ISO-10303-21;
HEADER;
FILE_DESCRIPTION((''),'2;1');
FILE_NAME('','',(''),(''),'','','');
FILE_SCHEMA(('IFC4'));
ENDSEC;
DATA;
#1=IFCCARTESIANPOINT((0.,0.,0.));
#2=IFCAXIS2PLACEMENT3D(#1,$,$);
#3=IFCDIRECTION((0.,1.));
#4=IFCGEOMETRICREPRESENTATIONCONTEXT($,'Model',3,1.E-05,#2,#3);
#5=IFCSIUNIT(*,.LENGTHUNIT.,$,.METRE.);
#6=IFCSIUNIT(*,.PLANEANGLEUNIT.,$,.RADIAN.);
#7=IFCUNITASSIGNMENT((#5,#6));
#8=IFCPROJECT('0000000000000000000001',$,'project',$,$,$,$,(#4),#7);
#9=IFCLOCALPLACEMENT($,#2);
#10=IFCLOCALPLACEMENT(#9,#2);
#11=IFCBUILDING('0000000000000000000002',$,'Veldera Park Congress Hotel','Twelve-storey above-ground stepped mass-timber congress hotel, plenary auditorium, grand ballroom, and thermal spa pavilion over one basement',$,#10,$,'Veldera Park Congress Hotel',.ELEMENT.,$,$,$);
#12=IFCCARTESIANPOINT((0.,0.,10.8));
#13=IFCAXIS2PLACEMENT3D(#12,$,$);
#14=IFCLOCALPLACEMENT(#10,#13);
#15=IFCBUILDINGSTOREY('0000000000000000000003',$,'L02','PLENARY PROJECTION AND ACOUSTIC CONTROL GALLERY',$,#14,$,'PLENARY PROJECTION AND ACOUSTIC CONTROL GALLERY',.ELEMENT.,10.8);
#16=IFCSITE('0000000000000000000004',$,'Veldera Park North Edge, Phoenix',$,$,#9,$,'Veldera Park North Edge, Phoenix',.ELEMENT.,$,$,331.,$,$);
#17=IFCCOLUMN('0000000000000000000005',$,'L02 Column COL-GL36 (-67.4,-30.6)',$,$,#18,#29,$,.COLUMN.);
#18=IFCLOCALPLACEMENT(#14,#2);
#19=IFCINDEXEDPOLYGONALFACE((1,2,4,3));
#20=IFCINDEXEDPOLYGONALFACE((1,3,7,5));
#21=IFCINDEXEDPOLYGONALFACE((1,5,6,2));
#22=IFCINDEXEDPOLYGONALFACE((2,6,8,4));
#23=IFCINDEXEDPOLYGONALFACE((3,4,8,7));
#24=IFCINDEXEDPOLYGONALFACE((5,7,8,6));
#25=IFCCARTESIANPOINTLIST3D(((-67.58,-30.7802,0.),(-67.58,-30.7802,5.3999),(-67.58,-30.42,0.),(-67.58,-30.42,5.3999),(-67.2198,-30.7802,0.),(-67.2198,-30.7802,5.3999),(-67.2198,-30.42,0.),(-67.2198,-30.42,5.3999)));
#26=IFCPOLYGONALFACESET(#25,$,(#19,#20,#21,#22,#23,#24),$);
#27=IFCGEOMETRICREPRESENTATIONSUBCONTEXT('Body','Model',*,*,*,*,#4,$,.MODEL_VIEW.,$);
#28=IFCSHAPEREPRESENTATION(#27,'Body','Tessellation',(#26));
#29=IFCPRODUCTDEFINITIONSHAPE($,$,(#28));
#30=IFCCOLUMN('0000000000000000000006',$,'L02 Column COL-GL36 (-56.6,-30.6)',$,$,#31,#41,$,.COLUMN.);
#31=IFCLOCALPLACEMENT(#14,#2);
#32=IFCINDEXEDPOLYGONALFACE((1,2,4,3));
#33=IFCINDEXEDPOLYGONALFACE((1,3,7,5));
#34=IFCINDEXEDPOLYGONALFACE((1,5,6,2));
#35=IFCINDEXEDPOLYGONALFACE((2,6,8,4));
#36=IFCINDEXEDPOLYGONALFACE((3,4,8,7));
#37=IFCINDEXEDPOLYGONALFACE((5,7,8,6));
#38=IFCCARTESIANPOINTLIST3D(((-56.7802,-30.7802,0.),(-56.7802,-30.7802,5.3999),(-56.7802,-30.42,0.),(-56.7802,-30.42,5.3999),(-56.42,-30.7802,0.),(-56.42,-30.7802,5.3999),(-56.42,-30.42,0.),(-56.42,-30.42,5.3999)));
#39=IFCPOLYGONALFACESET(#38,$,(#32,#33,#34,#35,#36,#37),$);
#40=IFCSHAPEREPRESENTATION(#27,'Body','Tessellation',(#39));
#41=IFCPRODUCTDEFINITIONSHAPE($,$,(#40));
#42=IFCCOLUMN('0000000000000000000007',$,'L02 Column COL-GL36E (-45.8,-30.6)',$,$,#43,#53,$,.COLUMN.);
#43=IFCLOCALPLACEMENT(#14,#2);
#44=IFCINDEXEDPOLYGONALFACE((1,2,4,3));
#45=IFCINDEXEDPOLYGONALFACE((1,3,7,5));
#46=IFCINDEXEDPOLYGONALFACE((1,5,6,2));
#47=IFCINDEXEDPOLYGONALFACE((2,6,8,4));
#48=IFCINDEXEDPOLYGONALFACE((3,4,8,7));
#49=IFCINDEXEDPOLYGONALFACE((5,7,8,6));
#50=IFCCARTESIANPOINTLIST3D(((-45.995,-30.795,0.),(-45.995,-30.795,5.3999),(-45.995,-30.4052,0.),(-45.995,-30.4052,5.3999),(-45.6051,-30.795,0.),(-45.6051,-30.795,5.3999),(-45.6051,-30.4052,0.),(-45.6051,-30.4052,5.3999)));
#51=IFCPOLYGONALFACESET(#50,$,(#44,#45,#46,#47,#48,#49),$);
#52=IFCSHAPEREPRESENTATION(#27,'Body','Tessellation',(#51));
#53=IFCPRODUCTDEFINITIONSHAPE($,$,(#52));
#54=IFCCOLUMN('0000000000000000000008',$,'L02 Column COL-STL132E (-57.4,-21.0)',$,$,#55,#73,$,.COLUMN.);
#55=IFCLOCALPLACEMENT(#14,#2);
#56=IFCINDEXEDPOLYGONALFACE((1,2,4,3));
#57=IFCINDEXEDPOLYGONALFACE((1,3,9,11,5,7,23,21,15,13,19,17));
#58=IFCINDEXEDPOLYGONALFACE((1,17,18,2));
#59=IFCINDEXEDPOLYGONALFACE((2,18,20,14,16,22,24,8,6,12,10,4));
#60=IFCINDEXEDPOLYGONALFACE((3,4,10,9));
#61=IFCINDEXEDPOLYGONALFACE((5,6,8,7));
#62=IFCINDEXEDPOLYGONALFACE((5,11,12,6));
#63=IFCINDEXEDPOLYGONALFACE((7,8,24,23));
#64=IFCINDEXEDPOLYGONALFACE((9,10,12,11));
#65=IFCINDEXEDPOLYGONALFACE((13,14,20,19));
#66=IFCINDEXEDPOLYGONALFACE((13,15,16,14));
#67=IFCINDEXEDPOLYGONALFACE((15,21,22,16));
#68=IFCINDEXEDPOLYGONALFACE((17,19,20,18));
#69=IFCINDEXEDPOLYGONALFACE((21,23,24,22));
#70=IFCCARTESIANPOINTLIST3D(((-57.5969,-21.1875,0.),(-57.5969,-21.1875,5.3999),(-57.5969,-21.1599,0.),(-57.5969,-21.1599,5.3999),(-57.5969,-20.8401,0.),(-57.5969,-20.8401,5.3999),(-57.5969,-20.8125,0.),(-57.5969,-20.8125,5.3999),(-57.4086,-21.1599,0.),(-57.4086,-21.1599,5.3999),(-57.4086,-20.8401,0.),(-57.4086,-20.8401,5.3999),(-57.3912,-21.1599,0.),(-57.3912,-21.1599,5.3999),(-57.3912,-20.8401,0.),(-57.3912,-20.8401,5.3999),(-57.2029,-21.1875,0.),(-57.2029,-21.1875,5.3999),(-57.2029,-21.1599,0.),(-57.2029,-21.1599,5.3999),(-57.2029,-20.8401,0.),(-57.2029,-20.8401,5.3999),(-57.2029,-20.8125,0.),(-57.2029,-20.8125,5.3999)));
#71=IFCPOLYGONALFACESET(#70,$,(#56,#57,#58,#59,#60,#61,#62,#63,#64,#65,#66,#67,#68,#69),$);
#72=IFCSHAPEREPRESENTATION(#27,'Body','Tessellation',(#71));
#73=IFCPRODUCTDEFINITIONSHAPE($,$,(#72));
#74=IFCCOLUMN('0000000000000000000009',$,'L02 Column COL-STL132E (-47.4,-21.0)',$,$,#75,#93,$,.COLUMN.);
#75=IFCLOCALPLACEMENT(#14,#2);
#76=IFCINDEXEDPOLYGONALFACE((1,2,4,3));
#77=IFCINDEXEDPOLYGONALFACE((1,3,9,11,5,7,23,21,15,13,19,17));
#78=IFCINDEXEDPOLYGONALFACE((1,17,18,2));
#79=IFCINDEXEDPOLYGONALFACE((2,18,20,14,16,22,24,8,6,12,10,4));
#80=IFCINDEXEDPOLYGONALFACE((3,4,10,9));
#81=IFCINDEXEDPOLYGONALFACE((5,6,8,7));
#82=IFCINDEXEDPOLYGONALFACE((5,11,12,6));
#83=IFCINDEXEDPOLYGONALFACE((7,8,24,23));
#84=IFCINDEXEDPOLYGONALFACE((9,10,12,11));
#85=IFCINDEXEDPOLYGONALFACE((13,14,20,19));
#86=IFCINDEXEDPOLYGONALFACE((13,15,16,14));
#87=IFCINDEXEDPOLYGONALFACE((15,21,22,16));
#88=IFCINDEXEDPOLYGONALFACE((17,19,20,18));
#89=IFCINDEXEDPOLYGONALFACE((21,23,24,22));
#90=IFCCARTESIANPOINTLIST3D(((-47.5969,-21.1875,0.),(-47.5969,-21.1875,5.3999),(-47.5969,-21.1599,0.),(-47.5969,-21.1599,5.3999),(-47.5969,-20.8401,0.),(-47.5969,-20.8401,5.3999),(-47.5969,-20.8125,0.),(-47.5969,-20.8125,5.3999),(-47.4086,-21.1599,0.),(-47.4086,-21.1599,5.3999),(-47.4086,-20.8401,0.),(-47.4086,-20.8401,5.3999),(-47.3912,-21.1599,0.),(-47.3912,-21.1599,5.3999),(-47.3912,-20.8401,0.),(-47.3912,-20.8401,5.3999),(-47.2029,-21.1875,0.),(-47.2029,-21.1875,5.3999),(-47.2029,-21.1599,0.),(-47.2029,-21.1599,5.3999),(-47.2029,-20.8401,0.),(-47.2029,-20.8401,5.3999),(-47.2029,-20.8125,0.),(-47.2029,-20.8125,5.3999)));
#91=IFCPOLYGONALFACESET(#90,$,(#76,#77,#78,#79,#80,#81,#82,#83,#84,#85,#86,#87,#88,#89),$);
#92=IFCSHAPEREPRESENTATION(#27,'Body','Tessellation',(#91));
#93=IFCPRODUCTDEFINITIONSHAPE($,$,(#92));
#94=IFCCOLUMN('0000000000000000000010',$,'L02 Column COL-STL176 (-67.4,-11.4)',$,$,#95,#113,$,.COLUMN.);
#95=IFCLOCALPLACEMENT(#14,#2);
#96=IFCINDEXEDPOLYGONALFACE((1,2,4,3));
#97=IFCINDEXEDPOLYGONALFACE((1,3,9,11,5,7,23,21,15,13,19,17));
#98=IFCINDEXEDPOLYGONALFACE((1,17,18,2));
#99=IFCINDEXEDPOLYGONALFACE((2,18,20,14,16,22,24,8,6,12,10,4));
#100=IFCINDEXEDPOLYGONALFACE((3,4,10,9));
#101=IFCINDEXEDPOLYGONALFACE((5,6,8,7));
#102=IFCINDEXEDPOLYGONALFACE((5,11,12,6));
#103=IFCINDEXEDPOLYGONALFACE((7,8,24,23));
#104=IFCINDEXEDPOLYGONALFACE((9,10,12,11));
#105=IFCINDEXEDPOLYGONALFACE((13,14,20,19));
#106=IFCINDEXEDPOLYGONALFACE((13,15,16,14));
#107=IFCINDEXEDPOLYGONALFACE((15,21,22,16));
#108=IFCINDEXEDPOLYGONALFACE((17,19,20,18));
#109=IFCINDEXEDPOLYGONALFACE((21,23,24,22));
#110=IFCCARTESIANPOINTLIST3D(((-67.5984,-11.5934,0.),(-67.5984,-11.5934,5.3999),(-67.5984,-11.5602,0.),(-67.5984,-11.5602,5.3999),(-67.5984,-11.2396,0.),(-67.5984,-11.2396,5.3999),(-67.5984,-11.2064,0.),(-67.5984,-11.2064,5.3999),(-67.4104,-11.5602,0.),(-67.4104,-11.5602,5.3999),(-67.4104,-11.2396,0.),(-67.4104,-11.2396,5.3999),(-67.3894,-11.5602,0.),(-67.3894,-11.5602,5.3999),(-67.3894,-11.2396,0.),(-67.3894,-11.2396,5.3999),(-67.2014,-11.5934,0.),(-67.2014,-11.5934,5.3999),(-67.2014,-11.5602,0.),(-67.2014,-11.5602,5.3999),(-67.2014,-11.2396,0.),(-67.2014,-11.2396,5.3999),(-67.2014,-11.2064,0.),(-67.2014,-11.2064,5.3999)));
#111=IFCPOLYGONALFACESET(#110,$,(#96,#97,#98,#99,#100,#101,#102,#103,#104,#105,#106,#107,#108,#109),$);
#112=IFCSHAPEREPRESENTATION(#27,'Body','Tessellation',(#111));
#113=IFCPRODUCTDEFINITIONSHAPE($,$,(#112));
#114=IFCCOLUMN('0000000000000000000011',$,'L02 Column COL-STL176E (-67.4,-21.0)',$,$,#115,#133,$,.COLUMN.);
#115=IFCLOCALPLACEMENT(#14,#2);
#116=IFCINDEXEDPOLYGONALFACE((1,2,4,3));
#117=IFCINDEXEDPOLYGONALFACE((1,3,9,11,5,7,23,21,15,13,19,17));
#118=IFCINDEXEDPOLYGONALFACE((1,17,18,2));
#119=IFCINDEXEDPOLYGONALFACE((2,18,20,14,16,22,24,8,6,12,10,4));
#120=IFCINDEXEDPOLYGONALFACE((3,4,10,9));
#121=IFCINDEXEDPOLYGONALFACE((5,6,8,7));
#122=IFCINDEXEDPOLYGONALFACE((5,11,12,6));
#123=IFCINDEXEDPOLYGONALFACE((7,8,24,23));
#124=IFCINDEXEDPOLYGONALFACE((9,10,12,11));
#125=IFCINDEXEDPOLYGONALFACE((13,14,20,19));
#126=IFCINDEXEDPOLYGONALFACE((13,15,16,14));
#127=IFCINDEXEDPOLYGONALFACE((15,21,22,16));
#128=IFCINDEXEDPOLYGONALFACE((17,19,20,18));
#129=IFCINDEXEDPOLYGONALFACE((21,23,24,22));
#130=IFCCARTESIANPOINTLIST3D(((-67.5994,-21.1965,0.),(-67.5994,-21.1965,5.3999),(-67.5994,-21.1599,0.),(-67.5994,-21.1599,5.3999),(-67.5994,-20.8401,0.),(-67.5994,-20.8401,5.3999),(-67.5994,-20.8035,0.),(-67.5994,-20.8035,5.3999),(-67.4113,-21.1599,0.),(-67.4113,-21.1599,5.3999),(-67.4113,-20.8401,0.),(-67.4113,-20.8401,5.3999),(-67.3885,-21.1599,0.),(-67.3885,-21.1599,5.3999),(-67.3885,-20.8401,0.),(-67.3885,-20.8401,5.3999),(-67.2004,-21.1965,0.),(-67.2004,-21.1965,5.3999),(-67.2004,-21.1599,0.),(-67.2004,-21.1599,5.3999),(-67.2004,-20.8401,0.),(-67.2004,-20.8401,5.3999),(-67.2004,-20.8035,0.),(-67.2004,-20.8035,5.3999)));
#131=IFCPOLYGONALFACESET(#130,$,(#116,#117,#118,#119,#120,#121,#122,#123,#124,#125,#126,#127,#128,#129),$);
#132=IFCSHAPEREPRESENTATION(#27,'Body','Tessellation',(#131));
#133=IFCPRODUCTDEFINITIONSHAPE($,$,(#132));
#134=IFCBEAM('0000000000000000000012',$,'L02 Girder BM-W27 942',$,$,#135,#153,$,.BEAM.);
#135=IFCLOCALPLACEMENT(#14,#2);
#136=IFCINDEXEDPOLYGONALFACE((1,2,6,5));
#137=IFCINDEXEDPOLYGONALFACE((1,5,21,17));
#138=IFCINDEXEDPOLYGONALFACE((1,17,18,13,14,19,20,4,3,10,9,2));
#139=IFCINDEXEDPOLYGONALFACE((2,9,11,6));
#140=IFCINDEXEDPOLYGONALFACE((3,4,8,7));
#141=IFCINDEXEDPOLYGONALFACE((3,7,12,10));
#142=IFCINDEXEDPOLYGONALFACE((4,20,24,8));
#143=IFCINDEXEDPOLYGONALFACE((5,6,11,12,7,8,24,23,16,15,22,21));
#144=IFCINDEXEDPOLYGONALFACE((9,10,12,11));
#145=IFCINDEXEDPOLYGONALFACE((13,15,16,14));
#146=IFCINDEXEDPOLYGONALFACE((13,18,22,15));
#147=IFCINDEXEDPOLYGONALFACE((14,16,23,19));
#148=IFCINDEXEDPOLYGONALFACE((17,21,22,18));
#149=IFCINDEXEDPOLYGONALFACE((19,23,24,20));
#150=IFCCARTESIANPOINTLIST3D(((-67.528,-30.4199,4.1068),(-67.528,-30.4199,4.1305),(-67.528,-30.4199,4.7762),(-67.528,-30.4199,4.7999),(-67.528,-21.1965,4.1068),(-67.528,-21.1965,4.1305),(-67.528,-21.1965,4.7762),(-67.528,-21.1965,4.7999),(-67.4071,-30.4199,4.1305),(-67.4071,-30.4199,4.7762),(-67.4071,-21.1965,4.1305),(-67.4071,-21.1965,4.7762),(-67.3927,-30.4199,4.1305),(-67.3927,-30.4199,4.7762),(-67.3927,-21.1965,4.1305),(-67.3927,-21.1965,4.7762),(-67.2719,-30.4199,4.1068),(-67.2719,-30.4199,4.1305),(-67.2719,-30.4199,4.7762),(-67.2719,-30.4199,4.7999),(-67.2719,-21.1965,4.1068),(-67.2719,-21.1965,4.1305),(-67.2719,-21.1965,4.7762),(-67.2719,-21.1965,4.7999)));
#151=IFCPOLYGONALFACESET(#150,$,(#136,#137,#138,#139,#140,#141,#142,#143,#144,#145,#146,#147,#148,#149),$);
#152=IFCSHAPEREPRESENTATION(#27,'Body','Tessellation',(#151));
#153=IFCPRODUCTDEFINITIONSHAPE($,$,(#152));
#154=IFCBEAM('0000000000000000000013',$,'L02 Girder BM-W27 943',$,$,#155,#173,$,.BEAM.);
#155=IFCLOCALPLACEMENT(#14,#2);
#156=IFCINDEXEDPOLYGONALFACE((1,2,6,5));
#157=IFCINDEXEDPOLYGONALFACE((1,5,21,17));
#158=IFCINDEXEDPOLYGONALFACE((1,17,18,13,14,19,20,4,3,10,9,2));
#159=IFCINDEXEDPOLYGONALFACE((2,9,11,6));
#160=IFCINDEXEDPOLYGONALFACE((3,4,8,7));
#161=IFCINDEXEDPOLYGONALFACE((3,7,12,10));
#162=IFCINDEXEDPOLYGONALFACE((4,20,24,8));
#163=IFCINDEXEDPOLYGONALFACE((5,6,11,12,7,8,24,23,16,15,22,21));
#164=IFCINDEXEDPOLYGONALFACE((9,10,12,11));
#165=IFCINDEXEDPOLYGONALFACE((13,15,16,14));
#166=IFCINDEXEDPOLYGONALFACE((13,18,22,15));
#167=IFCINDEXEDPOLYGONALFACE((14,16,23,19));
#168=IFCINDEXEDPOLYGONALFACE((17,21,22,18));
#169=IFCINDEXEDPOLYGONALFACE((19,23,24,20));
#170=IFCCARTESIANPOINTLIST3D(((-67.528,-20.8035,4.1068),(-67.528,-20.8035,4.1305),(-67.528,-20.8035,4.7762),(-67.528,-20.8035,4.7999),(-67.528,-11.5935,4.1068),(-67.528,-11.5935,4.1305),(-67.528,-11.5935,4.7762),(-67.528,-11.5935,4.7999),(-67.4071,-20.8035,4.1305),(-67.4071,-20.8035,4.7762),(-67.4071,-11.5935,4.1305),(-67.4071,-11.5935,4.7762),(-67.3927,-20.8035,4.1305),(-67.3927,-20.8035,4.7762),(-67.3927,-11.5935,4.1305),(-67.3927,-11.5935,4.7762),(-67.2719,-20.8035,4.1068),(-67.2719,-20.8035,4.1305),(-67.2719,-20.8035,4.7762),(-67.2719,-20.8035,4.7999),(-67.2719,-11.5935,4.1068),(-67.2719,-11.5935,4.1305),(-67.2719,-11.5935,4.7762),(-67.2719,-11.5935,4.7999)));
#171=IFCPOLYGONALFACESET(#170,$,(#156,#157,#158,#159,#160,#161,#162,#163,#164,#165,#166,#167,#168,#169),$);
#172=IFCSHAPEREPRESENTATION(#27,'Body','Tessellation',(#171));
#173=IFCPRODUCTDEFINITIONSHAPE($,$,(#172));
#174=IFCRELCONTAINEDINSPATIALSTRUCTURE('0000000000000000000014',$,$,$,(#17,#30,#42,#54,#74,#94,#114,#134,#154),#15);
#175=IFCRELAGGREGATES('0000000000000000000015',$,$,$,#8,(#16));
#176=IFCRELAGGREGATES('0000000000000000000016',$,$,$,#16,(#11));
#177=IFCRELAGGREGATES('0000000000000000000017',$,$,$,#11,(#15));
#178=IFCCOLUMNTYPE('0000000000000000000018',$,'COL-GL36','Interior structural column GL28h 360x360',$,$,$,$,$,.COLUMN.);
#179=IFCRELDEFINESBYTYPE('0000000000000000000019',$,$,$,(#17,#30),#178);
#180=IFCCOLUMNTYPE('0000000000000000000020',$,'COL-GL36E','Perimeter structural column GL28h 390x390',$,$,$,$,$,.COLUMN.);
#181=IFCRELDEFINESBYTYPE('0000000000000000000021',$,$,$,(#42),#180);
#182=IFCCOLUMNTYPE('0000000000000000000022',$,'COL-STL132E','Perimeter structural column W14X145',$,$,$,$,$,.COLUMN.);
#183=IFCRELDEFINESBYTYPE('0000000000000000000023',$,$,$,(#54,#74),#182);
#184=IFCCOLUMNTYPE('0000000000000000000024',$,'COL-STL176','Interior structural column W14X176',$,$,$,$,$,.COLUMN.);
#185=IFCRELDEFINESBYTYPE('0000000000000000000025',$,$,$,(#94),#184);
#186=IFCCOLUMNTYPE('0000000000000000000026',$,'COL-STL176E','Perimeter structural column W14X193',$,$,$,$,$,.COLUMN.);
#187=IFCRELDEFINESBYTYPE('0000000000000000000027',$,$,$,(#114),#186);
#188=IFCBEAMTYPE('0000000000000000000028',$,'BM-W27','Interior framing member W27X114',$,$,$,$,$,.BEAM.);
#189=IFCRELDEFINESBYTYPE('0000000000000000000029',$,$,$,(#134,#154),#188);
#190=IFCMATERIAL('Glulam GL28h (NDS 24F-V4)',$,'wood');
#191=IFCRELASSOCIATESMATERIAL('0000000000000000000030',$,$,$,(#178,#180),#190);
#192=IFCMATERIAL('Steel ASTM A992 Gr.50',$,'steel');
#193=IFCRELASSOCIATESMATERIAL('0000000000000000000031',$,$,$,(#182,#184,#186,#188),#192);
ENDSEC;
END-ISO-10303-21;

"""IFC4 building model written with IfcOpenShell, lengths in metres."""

from ifc_helpers import new_model, si_unit, direction, frame, origin, origin_2d, place, context, subcontext, project, spatial, rectangle, i_section, extrude, material, material_profile, profile_set, type_object, element, save


model = new_model("IFC4")

# Units and contexts
model_context = context("Model", 3, precision=1e-05, world=origin(), true_north=direction((0.0, 1.0)))
body_context = subcontext(model_context, "Body", "Model", "MODEL_VIEW")
ifc_project = project(units=[si_unit("LENGTHUNIT", "METRE"), si_unit("PLANEANGLEUNIT", "RADIAN")], contexts=[model_context])

# Site, building, storey
site_placement = place(None, origin())
site = spatial("IfcSite", under=ifc_project, at=site_placement, Name="Veldera Park North Edge, Phoenix", LongName="Veldera Park North Edge, Phoenix", CompositionType="ELEMENT", RefElevation=331.0)
building_placement = place(site_placement, origin())
building = spatial("IfcBuilding", under=site, at=building_placement, Name="Veldera Park Congress Hotel", Description="Twelve-storey above-ground stepped mass-timber congress hotel, plenary auditorium, grand ballroom, and thermal spa pavilion over one basement", LongName="Veldera Park Congress Hotel", CompositionType="ELEMENT")
storey_placement = place(building_placement, frame((0.0, 0.0, 10.8)))
storey = spatial("IfcBuildingStorey", under=building, at=storey_placement, Name="L02", Description="PLENARY PROJECTION AND ACOUSTIC CONTROL GALLERY", LongName="PLENARY PROJECTION AND ACOUSTIC CONTROL GALLERY", CompositionType="ELEMENT", Elevation=10.8)

# Columns
ifc_material_1 = material(Name="Glulam GL28h (NDS 24F-V4)", Category="wood")
ifc_material_profile_1 = material_profile(ifc_material_1, rectangle(XDim=0.3601, YDim=0.3601, at=origin_2d()), Name="GL28h 360x360")
ifc_profile_set_1 = profile_set([ifc_material_profile_1], Name="Glulam GL28h (NDS 24F-V4)")
column_type_1 = type_object("IfcColumnType", Name="COL-GL36", Description="Interior structural column GL28h 360x360", PredefinedType="COLUMN", material=ifc_profile_set_1)
for number, where, z_axis, x_axis, name in (
    (1, (-67.3999, -30.6001, 0.0), (0.0, 0.0, 1.0), (1.0, 0.0, 0.0), "L02 Column COL-GL36 (-67.4,-30.6)"),
    (2, (-56.6001, -30.6001, 0.0), (0.0, 0.0, 1.0), (1.0, 0.0, 0.0), "L02 Column COL-GL36 (-56.6,-30.6)"),
):
    element("IfcColumn", number, at=place(storey_placement, frame(where, z_axis=z_axis, x_axis=x_axis)), inside=storey, type_object=column_type_1, Name=name, PredefinedType="COLUMN", context=body_context, shape_type="SweptSolid", body=[
        extrude(rectangle(XDim=0.3601, YDim=0.3601, at=origin_2d()), origin(), (0.0, 0.0, 1.0), 5.3999),
    ])
ifc_material_profile_2 = material_profile(ifc_material_1, rectangle(XDim=0.3899, YDim=0.3899, at=origin_2d()), Name="GL28h 390x390")
ifc_profile_set_2 = profile_set([ifc_material_profile_2], Name="Glulam GL28h (NDS 24F-V4)")
column_type_2 = type_object("IfcColumnType", Name="COL-GL36E", Description="Perimeter structural column GL28h 390x390", PredefinedType="COLUMN", material=ifc_profile_set_2)
column_1_placement = place(storey_placement, frame((-45.8, -30.6001, 0.0), z_axis=(0.0, 0.0, 1.0), x_axis=(1.0, 0.0, 0.0)))
element("IfcColumn", 3, at=column_1_placement, inside=storey, type_object=column_type_2, Name="L02 Column COL-GL36E (-45.8,-30.6)", PredefinedType="COLUMN", context=body_context, shape_type="SweptSolid", body=[
    extrude(rectangle(XDim=0.3899, YDim=0.3899, at=origin_2d()), origin(), (0.0, 0.0, 1.0), 5.3999),
])
ifc_material_2 = material(Name="Steel ASTM A992 Gr.50", Category="steel")
ifc_material_profile_3 = material_profile(ifc_material_2, i_section(OverallWidth=0.394, OverallDepth=0.375, WebThickness=0.0173, FlangeThickness=0.0276, at=origin_2d()), Name="W14X145")
ifc_profile_set_3 = profile_set([ifc_material_profile_3], Name="Steel ASTM A992 Gr.50")
column_type_3 = type_object("IfcColumnType", Name="COL-STL132E", Description="Perimeter structural column W14X145", PredefinedType="COLUMN", material=ifc_profile_set_3)
for number, where, z_axis, x_axis, name in (
    (4, (-57.3999, -21.0, 0.0), (0.0, 0.0, 1.0), (1.0, 0.0, 0.0), "L02 Column COL-STL132E (-57.4,-21.0)"),
    (5, (-47.3999, -21.0, 0.0), (0.0, 0.0, 1.0), (1.0, 0.0, 0.0), "L02 Column COL-STL132E (-47.4,-21.0)"),
):
    element("IfcColumn", number, at=place(storey_placement, frame(where, z_axis=z_axis, x_axis=x_axis)), inside=storey, type_object=column_type_3, Name=name, PredefinedType="COLUMN", context=body_context, shape_type="SweptSolid", body=[
        extrude(i_section(OverallWidth=0.394, OverallDepth=0.375, WebThickness=0.0173, FlangeThickness=0.0276, at=origin_2d()), origin(), (0.0, 0.0, 1.0), 5.3999),
    ])
ifc_material_profile_4 = material_profile(ifc_material_2, i_section(OverallWidth=0.397, OverallDepth=0.387, WebThickness=0.021, FlangeThickness=0.0332, at=origin_2d()), Name="W14X176")
ifc_profile_set_4 = profile_set([ifc_material_profile_4], Name="Steel ASTM A992 Gr.50")
column_type_4 = type_object("IfcColumnType", Name="COL-STL176", Description="Interior structural column W14X176", PredefinedType="COLUMN", material=ifc_profile_set_4)
column_2_placement = place(storey_placement, frame((-67.3999, -11.3999, 0.0), z_axis=(0.0, 0.0, 1.0), x_axis=(1.0, 0.0, 0.0)))
element("IfcColumn", 6, at=column_2_placement, inside=storey, type_object=column_type_4, Name="L02 Column COL-STL176 (-67.4,-11.4)", PredefinedType="COLUMN", context=body_context, shape_type="SweptSolid", body=[
    extrude(i_section(OverallWidth=0.397, OverallDepth=0.387, WebThickness=0.021, FlangeThickness=0.0332, at=origin_2d()), origin(), (0.0, 0.0, 1.0), 5.3999),
])
ifc_material_profile_5 = material_profile(ifc_material_2, i_section(OverallWidth=0.3989, OverallDepth=0.3931, WebThickness=0.0227, FlangeThickness=0.0366, at=origin_2d()), Name="W14X193")
ifc_profile_set_5 = profile_set([ifc_material_profile_5], Name="Steel ASTM A992 Gr.50")
column_type_5 = type_object("IfcColumnType", Name="COL-STL176E", Description="Perimeter structural column W14X193", PredefinedType="COLUMN", material=ifc_profile_set_5)
column_3_placement = place(storey_placement, frame((-67.3999, -21.0, 0.0), z_axis=(0.0, 0.0, 1.0), x_axis=(1.0, 0.0, 0.0)))
element("IfcColumn", 7, at=column_3_placement, inside=storey, type_object=column_type_5, Name="L02 Column COL-STL176E (-67.4,-21.0)", PredefinedType="COLUMN", context=body_context, shape_type="SweptSolid", body=[
    extrude(i_section(OverallWidth=0.3989, OverallDepth=0.3931, WebThickness=0.0227, FlangeThickness=0.0366, at=origin_2d()), origin(), (0.0, 0.0, 1.0), 5.3999),
])

# Beams
ifc_material_profile_6 = material_profile(ifc_material_2, i_section(OverallWidth=0.2561, OverallDepth=0.6931, WebThickness=0.0144, FlangeThickness=0.0237, at=origin_2d()), Name="W27X114")
ifc_profile_set_6 = profile_set([ifc_material_profile_6], Name="Steel ASTM A992 Gr.50")
beam_type_1 = type_object("IfcBeamType", Name="BM-W27", Description="Interior framing member W27X114", PredefinedType="BEAM", material=ifc_profile_set_6)
beam_1_placement = place(storey_placement, frame((-67.3999, -30.4199, 4.4534), z_axis=(0.0, 1.0, 0.0), x_axis=(-1.0, 0.0, 0.0)))
element("IfcBeam", 8, at=beam_1_placement, inside=storey, type_object=beam_type_1, Name="L02 Girder BM-W27 942", PredefinedType="BEAM", context=body_context, shape_type="SweptSolid", body=[
    extrude(i_section(OverallWidth=0.2561, OverallDepth=0.6931, WebThickness=0.0144, FlangeThickness=0.0237, at=origin_2d()), origin(), (0.0, 0.0, 1.0), 9.2234),
])
beam_2_placement = place(storey_placement, frame((-67.3999, -20.8035, 4.4534), z_axis=(0.0, 1.0, 0.0), x_axis=(-1.0, 0.0, 0.0)))
element("IfcBeam", 9, at=beam_2_placement, inside=storey, type_object=beam_type_1, Name="L02 Girder BM-W27 943", PredefinedType="BEAM", context=body_context, shape_type="SweptSolid", body=[
    extrude(i_section(OverallWidth=0.2561, OverallDepth=0.6931, WebThickness=0.0144, FlangeThickness=0.0237, at=origin_2d()), origin(), (0.0, 0.0, 1.0), 9.21),
])

save(model, "model.ifc")
